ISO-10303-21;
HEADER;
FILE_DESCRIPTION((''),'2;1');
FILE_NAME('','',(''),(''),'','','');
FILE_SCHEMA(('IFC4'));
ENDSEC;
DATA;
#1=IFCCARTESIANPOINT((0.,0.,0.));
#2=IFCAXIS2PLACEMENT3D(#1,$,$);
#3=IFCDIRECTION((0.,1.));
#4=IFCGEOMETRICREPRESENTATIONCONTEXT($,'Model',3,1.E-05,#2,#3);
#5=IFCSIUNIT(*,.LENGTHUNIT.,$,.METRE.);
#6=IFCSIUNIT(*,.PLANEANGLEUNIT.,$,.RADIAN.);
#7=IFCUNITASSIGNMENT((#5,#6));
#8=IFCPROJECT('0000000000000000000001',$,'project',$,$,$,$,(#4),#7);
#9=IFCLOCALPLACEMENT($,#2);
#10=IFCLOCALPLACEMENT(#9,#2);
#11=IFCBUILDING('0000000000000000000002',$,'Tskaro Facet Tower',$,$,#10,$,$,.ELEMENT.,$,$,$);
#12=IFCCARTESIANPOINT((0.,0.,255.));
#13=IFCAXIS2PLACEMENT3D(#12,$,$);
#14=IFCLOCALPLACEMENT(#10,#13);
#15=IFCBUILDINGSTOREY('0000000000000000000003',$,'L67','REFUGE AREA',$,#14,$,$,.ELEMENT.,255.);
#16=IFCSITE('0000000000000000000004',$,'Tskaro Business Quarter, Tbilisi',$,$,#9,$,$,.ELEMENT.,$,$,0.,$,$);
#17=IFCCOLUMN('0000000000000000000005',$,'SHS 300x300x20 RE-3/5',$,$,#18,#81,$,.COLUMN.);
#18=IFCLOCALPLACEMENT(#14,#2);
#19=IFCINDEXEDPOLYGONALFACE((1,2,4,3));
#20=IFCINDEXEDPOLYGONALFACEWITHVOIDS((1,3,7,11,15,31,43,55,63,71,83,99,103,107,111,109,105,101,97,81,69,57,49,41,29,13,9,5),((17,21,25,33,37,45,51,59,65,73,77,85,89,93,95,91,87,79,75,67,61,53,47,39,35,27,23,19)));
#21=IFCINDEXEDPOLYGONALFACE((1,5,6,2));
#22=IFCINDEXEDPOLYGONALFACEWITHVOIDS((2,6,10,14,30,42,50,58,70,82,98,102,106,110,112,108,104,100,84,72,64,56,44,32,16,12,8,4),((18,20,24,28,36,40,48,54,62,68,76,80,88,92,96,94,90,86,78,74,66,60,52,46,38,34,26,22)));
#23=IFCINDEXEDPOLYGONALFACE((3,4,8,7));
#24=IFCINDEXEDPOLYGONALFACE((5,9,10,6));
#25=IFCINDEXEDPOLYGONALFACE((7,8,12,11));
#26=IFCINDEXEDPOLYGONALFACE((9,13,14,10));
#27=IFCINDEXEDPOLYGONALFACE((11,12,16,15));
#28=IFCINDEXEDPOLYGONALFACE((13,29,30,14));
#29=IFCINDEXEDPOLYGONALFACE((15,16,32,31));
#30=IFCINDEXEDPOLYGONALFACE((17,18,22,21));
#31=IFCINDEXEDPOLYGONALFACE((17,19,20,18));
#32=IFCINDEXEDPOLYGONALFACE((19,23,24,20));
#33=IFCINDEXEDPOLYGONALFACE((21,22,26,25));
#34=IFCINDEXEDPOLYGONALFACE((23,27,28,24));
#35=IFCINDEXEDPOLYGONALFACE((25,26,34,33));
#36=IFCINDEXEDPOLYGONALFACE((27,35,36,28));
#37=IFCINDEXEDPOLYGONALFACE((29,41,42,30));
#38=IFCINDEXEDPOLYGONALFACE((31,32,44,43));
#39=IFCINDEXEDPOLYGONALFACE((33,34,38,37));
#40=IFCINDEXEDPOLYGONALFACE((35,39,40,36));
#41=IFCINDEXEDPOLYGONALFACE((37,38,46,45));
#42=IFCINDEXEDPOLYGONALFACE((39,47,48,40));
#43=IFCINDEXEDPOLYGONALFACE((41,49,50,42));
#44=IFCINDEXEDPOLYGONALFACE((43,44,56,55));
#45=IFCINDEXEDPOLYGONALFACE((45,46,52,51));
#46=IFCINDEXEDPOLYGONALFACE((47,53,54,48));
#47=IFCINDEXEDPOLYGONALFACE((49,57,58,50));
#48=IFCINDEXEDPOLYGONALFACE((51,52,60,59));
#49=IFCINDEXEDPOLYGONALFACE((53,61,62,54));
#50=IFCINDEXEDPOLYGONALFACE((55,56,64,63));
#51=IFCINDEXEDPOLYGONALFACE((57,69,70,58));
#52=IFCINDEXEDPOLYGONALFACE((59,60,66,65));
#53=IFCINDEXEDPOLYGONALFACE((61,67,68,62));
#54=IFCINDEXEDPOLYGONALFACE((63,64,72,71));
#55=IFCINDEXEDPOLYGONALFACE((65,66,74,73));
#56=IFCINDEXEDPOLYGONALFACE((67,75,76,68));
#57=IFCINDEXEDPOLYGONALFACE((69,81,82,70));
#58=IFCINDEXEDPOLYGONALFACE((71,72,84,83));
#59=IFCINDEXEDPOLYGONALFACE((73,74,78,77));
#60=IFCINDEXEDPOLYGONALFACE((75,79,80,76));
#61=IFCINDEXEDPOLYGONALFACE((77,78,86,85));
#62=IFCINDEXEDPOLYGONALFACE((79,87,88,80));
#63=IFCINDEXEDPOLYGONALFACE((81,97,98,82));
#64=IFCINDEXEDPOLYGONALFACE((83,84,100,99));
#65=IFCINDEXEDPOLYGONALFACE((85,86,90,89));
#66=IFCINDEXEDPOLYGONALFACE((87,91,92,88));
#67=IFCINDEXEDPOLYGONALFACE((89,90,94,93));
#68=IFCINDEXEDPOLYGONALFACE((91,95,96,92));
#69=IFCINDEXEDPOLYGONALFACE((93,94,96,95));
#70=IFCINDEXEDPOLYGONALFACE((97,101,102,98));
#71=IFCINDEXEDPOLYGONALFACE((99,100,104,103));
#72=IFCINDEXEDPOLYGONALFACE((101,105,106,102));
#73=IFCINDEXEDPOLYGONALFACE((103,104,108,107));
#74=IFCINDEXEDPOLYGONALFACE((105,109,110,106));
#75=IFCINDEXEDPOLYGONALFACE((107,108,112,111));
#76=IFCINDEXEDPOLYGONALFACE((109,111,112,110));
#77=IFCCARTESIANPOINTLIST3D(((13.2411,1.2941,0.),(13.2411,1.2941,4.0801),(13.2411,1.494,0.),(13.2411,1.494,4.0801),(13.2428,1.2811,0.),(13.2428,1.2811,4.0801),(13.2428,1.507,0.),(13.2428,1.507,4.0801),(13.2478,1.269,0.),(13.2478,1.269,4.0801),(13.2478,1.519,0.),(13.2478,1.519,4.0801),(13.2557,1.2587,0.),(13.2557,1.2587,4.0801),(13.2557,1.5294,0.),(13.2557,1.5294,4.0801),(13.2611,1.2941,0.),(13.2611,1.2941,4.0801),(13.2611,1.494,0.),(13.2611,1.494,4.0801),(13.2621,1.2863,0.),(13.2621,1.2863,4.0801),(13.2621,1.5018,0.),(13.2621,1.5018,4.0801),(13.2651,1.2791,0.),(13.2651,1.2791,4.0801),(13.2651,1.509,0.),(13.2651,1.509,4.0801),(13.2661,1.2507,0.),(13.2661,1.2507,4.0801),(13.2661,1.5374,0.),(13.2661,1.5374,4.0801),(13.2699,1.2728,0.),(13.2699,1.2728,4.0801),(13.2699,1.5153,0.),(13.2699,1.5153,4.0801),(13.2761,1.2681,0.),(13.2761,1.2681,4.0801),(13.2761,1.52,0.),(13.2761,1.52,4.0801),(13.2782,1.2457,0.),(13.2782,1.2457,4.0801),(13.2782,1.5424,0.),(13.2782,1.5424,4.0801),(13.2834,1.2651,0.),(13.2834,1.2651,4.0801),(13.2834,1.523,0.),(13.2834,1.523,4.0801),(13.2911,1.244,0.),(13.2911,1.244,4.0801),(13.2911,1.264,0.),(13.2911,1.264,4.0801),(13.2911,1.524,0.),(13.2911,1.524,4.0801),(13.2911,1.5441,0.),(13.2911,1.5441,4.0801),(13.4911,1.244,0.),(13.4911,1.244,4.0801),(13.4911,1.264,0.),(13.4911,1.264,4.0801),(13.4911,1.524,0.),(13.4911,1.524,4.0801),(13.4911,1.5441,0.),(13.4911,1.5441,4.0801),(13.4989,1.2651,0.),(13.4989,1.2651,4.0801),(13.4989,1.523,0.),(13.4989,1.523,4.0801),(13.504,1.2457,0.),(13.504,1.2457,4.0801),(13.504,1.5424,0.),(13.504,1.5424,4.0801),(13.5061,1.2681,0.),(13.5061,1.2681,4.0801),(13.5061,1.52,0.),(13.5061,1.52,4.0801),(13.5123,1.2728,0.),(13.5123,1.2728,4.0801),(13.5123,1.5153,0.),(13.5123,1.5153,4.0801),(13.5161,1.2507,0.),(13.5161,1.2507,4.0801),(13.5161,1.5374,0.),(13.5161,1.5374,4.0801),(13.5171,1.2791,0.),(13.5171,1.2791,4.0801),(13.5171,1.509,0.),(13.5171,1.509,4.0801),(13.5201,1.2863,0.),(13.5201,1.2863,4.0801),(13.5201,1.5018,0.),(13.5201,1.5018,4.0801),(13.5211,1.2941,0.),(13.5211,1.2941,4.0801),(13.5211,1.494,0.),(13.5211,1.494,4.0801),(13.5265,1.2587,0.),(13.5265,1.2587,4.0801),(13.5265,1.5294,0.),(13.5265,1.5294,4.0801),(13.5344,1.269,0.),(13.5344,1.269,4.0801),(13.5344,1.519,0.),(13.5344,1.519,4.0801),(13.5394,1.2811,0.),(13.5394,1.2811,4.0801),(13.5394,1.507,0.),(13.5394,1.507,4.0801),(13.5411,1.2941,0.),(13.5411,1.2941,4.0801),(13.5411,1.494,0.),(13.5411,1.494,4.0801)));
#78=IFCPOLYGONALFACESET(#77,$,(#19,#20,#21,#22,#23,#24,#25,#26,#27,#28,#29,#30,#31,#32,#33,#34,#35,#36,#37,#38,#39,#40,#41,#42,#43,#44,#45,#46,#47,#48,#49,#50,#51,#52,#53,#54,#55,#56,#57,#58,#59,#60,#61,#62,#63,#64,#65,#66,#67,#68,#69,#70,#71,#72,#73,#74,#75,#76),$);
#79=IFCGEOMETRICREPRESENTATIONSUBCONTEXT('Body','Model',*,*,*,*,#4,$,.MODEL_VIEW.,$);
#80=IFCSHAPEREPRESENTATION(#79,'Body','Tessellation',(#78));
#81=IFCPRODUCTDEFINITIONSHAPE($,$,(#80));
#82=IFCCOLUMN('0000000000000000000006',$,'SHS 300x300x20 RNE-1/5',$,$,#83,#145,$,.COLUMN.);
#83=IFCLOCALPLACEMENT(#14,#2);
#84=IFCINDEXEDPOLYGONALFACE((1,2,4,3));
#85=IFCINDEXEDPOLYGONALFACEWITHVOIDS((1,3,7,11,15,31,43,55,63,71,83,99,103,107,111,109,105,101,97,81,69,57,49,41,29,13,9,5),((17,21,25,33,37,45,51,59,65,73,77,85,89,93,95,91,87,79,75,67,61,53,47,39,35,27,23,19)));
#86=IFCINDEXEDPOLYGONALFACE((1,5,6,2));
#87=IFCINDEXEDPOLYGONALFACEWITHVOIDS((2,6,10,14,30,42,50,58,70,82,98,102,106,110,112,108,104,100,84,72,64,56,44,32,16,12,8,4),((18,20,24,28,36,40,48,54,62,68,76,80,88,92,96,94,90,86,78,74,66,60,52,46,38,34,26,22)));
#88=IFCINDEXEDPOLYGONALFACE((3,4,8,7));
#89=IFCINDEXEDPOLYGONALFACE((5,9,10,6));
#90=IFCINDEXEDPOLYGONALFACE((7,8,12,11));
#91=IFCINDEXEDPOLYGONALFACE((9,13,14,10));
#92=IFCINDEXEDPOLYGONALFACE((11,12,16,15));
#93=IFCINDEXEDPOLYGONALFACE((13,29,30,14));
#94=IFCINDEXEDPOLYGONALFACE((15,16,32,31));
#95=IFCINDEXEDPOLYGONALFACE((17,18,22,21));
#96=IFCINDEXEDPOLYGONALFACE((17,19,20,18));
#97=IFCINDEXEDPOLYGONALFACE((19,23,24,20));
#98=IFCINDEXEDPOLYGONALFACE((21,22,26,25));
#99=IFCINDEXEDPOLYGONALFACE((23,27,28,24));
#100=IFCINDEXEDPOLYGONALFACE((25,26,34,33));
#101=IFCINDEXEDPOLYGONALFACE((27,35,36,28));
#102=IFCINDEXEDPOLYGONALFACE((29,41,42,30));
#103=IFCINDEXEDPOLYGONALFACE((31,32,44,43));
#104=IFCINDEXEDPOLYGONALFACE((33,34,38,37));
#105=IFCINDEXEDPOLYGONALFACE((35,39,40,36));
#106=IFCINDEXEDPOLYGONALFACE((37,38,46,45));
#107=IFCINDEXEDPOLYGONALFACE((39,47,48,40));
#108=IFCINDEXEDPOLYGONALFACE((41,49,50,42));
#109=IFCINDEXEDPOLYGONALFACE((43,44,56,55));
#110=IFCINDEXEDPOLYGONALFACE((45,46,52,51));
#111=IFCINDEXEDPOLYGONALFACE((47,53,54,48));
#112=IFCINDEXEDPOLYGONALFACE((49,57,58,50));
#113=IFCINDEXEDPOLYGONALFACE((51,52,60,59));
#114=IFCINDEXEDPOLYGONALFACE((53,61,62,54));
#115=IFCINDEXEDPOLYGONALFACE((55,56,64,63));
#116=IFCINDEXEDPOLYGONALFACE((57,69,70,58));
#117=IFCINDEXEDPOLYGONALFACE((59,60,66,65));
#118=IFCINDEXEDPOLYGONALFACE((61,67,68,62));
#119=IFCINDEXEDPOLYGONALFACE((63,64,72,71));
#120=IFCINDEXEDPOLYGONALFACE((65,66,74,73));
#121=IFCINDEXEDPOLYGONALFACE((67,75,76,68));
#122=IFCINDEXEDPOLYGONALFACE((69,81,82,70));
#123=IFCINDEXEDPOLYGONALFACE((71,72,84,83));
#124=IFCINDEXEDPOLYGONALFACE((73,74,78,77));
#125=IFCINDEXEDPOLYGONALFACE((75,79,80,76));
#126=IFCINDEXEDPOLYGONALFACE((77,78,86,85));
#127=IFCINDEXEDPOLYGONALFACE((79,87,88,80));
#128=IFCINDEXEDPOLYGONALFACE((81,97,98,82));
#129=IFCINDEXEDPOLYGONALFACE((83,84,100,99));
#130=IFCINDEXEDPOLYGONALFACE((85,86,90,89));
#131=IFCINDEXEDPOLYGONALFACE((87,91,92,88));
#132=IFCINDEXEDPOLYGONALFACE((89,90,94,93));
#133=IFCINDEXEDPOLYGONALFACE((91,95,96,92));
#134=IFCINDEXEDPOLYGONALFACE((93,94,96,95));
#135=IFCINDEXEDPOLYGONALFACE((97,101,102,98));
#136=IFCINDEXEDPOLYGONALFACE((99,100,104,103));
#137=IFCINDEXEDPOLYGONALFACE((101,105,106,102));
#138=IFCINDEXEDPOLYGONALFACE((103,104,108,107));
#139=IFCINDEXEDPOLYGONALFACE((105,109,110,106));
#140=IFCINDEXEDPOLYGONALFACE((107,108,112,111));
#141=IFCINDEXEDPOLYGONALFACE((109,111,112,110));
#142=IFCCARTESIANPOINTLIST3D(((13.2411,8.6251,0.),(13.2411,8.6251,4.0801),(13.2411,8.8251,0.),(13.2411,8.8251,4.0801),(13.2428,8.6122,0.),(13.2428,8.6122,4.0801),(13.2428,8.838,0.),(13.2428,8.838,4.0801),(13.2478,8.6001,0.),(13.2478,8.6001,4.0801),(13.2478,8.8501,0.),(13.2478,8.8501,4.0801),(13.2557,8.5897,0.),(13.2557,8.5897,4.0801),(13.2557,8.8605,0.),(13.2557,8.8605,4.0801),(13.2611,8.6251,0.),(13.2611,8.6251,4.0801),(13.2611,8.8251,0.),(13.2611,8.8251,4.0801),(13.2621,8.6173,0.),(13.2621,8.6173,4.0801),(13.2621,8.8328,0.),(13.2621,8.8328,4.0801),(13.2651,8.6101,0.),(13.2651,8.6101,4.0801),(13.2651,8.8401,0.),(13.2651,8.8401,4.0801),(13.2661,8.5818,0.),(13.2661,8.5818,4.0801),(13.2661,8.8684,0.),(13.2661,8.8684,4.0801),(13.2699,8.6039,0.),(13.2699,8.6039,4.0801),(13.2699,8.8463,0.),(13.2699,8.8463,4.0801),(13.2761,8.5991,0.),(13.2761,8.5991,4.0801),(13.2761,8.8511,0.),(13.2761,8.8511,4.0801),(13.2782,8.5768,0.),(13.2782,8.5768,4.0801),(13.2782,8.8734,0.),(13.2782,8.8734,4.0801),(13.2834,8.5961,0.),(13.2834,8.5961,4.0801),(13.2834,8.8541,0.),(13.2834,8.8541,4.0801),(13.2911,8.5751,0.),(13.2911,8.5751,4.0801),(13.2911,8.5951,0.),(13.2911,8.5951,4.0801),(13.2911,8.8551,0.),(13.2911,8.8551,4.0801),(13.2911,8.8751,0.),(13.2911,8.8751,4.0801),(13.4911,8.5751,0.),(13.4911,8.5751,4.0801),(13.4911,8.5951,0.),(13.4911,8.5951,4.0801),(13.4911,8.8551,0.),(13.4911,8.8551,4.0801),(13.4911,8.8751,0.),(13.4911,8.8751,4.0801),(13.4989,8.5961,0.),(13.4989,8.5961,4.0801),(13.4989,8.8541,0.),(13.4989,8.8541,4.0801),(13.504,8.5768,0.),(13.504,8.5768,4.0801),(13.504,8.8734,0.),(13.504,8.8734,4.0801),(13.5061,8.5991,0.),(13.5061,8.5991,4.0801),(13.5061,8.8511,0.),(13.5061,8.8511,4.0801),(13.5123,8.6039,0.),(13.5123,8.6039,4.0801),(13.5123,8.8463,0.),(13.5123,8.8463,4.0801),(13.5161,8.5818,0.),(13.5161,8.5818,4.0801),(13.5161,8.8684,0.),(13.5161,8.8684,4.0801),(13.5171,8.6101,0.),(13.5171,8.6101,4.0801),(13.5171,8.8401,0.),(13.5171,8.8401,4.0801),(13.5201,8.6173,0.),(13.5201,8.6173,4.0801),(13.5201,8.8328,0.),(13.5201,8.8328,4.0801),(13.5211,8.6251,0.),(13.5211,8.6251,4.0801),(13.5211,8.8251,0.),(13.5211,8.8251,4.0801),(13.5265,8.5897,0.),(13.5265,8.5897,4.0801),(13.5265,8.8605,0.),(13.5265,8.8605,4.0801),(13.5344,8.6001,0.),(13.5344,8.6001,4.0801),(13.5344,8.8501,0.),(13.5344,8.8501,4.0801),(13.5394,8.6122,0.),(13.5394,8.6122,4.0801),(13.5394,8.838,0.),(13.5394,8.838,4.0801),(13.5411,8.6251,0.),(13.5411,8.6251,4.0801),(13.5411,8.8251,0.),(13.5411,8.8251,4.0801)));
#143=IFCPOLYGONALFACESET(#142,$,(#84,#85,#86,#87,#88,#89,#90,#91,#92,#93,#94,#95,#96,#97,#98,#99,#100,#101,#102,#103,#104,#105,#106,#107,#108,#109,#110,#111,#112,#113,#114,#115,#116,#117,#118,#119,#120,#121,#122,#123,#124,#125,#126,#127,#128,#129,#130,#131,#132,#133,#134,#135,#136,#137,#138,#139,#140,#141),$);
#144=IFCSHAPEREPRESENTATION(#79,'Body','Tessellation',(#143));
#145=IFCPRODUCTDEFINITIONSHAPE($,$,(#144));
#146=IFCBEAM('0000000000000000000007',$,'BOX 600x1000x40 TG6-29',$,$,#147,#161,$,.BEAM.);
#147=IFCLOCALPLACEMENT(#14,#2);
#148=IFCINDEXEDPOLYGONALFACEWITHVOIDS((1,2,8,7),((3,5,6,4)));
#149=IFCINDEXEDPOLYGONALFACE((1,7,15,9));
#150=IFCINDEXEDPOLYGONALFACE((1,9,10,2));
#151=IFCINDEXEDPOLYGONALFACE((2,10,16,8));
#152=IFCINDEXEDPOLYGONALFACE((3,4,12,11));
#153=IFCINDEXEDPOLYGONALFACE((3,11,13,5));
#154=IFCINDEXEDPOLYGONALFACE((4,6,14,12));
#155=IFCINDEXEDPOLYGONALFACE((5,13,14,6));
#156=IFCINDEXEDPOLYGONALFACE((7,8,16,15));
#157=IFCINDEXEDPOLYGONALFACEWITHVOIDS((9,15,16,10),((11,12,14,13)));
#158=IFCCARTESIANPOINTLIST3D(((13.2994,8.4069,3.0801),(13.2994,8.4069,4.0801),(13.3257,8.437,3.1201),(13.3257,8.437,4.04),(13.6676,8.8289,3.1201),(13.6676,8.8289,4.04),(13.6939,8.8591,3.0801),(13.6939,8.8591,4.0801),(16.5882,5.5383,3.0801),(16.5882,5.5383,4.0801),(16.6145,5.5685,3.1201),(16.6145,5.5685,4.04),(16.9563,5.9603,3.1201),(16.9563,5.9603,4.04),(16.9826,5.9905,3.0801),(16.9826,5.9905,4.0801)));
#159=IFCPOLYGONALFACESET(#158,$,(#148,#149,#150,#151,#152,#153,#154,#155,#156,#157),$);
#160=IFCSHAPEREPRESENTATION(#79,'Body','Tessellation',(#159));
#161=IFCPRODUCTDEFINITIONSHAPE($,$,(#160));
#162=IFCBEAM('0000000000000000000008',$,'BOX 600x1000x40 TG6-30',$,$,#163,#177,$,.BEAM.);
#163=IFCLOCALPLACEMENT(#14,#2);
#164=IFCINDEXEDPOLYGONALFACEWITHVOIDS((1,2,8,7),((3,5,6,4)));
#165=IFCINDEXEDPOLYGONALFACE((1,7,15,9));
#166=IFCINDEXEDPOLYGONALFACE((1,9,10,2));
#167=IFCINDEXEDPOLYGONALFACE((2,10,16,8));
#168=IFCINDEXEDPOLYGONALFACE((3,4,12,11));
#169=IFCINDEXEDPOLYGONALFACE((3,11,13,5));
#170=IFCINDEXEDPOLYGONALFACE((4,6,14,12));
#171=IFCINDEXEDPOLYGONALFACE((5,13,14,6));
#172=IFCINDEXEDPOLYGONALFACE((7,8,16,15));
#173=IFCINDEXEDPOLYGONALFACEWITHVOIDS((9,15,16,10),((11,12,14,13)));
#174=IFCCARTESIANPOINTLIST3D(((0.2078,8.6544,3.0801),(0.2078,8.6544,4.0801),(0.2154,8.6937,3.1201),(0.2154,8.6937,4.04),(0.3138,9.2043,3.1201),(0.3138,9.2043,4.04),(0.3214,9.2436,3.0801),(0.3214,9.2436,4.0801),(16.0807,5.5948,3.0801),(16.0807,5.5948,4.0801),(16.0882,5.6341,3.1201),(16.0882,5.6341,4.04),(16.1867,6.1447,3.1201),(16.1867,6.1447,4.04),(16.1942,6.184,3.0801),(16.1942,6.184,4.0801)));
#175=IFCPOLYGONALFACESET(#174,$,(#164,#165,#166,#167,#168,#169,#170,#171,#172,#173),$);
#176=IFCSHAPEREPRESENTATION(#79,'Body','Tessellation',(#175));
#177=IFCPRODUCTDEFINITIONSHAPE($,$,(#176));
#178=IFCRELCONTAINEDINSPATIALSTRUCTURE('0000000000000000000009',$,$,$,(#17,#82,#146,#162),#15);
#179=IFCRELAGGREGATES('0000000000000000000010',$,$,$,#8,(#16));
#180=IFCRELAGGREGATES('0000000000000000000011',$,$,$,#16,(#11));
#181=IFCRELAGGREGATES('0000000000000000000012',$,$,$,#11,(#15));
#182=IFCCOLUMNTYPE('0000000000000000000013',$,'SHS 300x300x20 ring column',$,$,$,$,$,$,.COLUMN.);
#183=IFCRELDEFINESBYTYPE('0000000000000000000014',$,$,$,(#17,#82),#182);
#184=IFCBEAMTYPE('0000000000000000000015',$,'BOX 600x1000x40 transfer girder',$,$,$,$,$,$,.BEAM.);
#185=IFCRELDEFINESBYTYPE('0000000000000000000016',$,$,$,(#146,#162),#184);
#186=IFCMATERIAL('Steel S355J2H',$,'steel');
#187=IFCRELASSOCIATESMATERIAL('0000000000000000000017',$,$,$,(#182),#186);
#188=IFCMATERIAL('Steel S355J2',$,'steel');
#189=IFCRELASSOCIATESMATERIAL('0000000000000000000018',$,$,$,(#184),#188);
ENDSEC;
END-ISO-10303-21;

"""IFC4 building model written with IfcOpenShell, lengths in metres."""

from ifc_helpers import new_model, si_unit, direction, frame, origin, origin_2d, place, context, subcontext, project, spatial, hollow_rectangle, extrude, material, material_profile, profile_set, type_object, element, save


model = new_model("IFC4")

# Units and contexts
model_context = context("Model", 3, precision=1e-05, world=origin(), true_north=direction((0.0, 1.0)))
body_context = subcontext(model_context, "Body", "Model", "MODEL_VIEW")
ifc_project = project(units=[si_unit("LENGTHUNIT", "METRE"), si_unit("PLANEANGLEUNIT", "RADIAN")], contexts=[model_context])

# Site, building, storey
site_placement = place(None, origin())
site = spatial("IfcSite", under=ifc_project, at=site_placement, Name="Tskaro Business Quarter, Tbilisi", CompositionType="ELEMENT", RefElevation=0.0)
building_placement = place(site_placement, origin())
building = spatial("IfcBuilding", under=site, at=building_placement, Name="Tskaro Facet Tower", CompositionType="ELEMENT")
storey_placement = place(building_placement, frame((0.0, 0.0, 255.0)))
storey = spatial("IfcBuildingStorey", under=building, at=storey_placement, Name="L67", Description="REFUGE AREA", CompositionType="ELEMENT", Elevation=255.0)

# Columns
ifc_material_1 = material(Name="Steel S355J2H", Category="steel")
ifc_material_profile_1 = material_profile(ifc_material_1, hollow_rectangle(XDim=0.3, YDim=0.3, WallThickness=0.02, InnerFilletRadius=0.03, OuterFilletRadius=0.05, at=origin_2d()), Name="SHS 300x300x20")
ifc_profile_set_1 = profile_set([ifc_material_profile_1], Name="Steel S355J2H")
column_type = type_object("IfcColumnType", Name="SHS 300x300x20 ring column", PredefinedType="COLUMN", material=ifc_profile_set_1)
for number, where, z_axis, x_axis, name in (
    (1, (13.3911, 1.394, 0.0), (0.0, 0.0, 1.0), (1.0, 0.0, 0.0), "SHS 300x300x20 RE-3/5"),
    (2, (13.3911, 8.7251, 0.0), (0.0, 0.0, 1.0), (1.0, 0.0, 0.0), "SHS 300x300x20 RNE-1/5"),
):
    element("IfcColumn", number, at=place(storey_placement, frame(where, z_axis=z_axis, x_axis=x_axis)), inside=storey, type_object=column_type, Name=name, PredefinedType="COLUMN", context=body_context, shape_type="SweptSolid", body=[
        extrude(hollow_rectangle(XDim=0.3, YDim=0.3, WallThickness=0.02, InnerFilletRadius=0.03, OuterFilletRadius=0.05, at=origin_2d()), origin(), (0.0, 0.0, 1.0), 4.0801),
    ])

# Beams
ifc_material_2 = material(Name="Steel S355J2", Category="steel")
ifc_material_profile_2 = material_profile(ifc_material_2, hollow_rectangle(XDim=0.6001, YDim=1.0, WallThickness=0.04, at=origin_2d()), Name="BOX 600x1000x40")
ifc_profile_set_2 = profile_set([ifc_material_profile_2], Name="Steel S355J2")
beam_type_1 = type_object("IfcBeamType", Name="BOX 600x1000x40 transfer girder", PredefinedType="BEAM", material=ifc_profile_set_2)
beam_1_placement = place(storey_placement, frame((16.7854, 5.7644, 3.5801), z_axis=(-0.753605, 0.657328, 0.0), x_axis=(-0.657328, -0.753605, 0.0)))
element("IfcBeam", 3, at=beam_1_placement, inside=storey, type_object=beam_type_1, Name="BOX 600x1000x40 TG6-29", PredefinedType="BEAM", context=body_context, shape_type="SweptSolid", body=[
    extrude(hollow_rectangle(XDim=0.6001, YDim=1.0, WallThickness=0.04, at=origin_2d()), origin(), (0.0, 0.0, 1.0), 4.364),
])
beam_2_placement = place(storey_placement, frame((16.1375, 5.8894, 3.5801), z_axis=(-0.981925, 0.189271, 0.0), x_axis=(-0.189271, -0.981925, 0.0)))
element("IfcBeam", 4, at=beam_2_placement, inside=storey, type_object=beam_type_1, Name="BOX 600x1000x40 TG6-30", PredefinedType="BEAM", context=body_context, shape_type="SweptSolid", body=[
    extrude(hollow_rectangle(XDim=0.6001, YDim=1.0, WallThickness=0.04, at=origin_2d()), origin(), (0.0, 0.0, 1.0), 16.165),
])

save(model, "model.ifc")
